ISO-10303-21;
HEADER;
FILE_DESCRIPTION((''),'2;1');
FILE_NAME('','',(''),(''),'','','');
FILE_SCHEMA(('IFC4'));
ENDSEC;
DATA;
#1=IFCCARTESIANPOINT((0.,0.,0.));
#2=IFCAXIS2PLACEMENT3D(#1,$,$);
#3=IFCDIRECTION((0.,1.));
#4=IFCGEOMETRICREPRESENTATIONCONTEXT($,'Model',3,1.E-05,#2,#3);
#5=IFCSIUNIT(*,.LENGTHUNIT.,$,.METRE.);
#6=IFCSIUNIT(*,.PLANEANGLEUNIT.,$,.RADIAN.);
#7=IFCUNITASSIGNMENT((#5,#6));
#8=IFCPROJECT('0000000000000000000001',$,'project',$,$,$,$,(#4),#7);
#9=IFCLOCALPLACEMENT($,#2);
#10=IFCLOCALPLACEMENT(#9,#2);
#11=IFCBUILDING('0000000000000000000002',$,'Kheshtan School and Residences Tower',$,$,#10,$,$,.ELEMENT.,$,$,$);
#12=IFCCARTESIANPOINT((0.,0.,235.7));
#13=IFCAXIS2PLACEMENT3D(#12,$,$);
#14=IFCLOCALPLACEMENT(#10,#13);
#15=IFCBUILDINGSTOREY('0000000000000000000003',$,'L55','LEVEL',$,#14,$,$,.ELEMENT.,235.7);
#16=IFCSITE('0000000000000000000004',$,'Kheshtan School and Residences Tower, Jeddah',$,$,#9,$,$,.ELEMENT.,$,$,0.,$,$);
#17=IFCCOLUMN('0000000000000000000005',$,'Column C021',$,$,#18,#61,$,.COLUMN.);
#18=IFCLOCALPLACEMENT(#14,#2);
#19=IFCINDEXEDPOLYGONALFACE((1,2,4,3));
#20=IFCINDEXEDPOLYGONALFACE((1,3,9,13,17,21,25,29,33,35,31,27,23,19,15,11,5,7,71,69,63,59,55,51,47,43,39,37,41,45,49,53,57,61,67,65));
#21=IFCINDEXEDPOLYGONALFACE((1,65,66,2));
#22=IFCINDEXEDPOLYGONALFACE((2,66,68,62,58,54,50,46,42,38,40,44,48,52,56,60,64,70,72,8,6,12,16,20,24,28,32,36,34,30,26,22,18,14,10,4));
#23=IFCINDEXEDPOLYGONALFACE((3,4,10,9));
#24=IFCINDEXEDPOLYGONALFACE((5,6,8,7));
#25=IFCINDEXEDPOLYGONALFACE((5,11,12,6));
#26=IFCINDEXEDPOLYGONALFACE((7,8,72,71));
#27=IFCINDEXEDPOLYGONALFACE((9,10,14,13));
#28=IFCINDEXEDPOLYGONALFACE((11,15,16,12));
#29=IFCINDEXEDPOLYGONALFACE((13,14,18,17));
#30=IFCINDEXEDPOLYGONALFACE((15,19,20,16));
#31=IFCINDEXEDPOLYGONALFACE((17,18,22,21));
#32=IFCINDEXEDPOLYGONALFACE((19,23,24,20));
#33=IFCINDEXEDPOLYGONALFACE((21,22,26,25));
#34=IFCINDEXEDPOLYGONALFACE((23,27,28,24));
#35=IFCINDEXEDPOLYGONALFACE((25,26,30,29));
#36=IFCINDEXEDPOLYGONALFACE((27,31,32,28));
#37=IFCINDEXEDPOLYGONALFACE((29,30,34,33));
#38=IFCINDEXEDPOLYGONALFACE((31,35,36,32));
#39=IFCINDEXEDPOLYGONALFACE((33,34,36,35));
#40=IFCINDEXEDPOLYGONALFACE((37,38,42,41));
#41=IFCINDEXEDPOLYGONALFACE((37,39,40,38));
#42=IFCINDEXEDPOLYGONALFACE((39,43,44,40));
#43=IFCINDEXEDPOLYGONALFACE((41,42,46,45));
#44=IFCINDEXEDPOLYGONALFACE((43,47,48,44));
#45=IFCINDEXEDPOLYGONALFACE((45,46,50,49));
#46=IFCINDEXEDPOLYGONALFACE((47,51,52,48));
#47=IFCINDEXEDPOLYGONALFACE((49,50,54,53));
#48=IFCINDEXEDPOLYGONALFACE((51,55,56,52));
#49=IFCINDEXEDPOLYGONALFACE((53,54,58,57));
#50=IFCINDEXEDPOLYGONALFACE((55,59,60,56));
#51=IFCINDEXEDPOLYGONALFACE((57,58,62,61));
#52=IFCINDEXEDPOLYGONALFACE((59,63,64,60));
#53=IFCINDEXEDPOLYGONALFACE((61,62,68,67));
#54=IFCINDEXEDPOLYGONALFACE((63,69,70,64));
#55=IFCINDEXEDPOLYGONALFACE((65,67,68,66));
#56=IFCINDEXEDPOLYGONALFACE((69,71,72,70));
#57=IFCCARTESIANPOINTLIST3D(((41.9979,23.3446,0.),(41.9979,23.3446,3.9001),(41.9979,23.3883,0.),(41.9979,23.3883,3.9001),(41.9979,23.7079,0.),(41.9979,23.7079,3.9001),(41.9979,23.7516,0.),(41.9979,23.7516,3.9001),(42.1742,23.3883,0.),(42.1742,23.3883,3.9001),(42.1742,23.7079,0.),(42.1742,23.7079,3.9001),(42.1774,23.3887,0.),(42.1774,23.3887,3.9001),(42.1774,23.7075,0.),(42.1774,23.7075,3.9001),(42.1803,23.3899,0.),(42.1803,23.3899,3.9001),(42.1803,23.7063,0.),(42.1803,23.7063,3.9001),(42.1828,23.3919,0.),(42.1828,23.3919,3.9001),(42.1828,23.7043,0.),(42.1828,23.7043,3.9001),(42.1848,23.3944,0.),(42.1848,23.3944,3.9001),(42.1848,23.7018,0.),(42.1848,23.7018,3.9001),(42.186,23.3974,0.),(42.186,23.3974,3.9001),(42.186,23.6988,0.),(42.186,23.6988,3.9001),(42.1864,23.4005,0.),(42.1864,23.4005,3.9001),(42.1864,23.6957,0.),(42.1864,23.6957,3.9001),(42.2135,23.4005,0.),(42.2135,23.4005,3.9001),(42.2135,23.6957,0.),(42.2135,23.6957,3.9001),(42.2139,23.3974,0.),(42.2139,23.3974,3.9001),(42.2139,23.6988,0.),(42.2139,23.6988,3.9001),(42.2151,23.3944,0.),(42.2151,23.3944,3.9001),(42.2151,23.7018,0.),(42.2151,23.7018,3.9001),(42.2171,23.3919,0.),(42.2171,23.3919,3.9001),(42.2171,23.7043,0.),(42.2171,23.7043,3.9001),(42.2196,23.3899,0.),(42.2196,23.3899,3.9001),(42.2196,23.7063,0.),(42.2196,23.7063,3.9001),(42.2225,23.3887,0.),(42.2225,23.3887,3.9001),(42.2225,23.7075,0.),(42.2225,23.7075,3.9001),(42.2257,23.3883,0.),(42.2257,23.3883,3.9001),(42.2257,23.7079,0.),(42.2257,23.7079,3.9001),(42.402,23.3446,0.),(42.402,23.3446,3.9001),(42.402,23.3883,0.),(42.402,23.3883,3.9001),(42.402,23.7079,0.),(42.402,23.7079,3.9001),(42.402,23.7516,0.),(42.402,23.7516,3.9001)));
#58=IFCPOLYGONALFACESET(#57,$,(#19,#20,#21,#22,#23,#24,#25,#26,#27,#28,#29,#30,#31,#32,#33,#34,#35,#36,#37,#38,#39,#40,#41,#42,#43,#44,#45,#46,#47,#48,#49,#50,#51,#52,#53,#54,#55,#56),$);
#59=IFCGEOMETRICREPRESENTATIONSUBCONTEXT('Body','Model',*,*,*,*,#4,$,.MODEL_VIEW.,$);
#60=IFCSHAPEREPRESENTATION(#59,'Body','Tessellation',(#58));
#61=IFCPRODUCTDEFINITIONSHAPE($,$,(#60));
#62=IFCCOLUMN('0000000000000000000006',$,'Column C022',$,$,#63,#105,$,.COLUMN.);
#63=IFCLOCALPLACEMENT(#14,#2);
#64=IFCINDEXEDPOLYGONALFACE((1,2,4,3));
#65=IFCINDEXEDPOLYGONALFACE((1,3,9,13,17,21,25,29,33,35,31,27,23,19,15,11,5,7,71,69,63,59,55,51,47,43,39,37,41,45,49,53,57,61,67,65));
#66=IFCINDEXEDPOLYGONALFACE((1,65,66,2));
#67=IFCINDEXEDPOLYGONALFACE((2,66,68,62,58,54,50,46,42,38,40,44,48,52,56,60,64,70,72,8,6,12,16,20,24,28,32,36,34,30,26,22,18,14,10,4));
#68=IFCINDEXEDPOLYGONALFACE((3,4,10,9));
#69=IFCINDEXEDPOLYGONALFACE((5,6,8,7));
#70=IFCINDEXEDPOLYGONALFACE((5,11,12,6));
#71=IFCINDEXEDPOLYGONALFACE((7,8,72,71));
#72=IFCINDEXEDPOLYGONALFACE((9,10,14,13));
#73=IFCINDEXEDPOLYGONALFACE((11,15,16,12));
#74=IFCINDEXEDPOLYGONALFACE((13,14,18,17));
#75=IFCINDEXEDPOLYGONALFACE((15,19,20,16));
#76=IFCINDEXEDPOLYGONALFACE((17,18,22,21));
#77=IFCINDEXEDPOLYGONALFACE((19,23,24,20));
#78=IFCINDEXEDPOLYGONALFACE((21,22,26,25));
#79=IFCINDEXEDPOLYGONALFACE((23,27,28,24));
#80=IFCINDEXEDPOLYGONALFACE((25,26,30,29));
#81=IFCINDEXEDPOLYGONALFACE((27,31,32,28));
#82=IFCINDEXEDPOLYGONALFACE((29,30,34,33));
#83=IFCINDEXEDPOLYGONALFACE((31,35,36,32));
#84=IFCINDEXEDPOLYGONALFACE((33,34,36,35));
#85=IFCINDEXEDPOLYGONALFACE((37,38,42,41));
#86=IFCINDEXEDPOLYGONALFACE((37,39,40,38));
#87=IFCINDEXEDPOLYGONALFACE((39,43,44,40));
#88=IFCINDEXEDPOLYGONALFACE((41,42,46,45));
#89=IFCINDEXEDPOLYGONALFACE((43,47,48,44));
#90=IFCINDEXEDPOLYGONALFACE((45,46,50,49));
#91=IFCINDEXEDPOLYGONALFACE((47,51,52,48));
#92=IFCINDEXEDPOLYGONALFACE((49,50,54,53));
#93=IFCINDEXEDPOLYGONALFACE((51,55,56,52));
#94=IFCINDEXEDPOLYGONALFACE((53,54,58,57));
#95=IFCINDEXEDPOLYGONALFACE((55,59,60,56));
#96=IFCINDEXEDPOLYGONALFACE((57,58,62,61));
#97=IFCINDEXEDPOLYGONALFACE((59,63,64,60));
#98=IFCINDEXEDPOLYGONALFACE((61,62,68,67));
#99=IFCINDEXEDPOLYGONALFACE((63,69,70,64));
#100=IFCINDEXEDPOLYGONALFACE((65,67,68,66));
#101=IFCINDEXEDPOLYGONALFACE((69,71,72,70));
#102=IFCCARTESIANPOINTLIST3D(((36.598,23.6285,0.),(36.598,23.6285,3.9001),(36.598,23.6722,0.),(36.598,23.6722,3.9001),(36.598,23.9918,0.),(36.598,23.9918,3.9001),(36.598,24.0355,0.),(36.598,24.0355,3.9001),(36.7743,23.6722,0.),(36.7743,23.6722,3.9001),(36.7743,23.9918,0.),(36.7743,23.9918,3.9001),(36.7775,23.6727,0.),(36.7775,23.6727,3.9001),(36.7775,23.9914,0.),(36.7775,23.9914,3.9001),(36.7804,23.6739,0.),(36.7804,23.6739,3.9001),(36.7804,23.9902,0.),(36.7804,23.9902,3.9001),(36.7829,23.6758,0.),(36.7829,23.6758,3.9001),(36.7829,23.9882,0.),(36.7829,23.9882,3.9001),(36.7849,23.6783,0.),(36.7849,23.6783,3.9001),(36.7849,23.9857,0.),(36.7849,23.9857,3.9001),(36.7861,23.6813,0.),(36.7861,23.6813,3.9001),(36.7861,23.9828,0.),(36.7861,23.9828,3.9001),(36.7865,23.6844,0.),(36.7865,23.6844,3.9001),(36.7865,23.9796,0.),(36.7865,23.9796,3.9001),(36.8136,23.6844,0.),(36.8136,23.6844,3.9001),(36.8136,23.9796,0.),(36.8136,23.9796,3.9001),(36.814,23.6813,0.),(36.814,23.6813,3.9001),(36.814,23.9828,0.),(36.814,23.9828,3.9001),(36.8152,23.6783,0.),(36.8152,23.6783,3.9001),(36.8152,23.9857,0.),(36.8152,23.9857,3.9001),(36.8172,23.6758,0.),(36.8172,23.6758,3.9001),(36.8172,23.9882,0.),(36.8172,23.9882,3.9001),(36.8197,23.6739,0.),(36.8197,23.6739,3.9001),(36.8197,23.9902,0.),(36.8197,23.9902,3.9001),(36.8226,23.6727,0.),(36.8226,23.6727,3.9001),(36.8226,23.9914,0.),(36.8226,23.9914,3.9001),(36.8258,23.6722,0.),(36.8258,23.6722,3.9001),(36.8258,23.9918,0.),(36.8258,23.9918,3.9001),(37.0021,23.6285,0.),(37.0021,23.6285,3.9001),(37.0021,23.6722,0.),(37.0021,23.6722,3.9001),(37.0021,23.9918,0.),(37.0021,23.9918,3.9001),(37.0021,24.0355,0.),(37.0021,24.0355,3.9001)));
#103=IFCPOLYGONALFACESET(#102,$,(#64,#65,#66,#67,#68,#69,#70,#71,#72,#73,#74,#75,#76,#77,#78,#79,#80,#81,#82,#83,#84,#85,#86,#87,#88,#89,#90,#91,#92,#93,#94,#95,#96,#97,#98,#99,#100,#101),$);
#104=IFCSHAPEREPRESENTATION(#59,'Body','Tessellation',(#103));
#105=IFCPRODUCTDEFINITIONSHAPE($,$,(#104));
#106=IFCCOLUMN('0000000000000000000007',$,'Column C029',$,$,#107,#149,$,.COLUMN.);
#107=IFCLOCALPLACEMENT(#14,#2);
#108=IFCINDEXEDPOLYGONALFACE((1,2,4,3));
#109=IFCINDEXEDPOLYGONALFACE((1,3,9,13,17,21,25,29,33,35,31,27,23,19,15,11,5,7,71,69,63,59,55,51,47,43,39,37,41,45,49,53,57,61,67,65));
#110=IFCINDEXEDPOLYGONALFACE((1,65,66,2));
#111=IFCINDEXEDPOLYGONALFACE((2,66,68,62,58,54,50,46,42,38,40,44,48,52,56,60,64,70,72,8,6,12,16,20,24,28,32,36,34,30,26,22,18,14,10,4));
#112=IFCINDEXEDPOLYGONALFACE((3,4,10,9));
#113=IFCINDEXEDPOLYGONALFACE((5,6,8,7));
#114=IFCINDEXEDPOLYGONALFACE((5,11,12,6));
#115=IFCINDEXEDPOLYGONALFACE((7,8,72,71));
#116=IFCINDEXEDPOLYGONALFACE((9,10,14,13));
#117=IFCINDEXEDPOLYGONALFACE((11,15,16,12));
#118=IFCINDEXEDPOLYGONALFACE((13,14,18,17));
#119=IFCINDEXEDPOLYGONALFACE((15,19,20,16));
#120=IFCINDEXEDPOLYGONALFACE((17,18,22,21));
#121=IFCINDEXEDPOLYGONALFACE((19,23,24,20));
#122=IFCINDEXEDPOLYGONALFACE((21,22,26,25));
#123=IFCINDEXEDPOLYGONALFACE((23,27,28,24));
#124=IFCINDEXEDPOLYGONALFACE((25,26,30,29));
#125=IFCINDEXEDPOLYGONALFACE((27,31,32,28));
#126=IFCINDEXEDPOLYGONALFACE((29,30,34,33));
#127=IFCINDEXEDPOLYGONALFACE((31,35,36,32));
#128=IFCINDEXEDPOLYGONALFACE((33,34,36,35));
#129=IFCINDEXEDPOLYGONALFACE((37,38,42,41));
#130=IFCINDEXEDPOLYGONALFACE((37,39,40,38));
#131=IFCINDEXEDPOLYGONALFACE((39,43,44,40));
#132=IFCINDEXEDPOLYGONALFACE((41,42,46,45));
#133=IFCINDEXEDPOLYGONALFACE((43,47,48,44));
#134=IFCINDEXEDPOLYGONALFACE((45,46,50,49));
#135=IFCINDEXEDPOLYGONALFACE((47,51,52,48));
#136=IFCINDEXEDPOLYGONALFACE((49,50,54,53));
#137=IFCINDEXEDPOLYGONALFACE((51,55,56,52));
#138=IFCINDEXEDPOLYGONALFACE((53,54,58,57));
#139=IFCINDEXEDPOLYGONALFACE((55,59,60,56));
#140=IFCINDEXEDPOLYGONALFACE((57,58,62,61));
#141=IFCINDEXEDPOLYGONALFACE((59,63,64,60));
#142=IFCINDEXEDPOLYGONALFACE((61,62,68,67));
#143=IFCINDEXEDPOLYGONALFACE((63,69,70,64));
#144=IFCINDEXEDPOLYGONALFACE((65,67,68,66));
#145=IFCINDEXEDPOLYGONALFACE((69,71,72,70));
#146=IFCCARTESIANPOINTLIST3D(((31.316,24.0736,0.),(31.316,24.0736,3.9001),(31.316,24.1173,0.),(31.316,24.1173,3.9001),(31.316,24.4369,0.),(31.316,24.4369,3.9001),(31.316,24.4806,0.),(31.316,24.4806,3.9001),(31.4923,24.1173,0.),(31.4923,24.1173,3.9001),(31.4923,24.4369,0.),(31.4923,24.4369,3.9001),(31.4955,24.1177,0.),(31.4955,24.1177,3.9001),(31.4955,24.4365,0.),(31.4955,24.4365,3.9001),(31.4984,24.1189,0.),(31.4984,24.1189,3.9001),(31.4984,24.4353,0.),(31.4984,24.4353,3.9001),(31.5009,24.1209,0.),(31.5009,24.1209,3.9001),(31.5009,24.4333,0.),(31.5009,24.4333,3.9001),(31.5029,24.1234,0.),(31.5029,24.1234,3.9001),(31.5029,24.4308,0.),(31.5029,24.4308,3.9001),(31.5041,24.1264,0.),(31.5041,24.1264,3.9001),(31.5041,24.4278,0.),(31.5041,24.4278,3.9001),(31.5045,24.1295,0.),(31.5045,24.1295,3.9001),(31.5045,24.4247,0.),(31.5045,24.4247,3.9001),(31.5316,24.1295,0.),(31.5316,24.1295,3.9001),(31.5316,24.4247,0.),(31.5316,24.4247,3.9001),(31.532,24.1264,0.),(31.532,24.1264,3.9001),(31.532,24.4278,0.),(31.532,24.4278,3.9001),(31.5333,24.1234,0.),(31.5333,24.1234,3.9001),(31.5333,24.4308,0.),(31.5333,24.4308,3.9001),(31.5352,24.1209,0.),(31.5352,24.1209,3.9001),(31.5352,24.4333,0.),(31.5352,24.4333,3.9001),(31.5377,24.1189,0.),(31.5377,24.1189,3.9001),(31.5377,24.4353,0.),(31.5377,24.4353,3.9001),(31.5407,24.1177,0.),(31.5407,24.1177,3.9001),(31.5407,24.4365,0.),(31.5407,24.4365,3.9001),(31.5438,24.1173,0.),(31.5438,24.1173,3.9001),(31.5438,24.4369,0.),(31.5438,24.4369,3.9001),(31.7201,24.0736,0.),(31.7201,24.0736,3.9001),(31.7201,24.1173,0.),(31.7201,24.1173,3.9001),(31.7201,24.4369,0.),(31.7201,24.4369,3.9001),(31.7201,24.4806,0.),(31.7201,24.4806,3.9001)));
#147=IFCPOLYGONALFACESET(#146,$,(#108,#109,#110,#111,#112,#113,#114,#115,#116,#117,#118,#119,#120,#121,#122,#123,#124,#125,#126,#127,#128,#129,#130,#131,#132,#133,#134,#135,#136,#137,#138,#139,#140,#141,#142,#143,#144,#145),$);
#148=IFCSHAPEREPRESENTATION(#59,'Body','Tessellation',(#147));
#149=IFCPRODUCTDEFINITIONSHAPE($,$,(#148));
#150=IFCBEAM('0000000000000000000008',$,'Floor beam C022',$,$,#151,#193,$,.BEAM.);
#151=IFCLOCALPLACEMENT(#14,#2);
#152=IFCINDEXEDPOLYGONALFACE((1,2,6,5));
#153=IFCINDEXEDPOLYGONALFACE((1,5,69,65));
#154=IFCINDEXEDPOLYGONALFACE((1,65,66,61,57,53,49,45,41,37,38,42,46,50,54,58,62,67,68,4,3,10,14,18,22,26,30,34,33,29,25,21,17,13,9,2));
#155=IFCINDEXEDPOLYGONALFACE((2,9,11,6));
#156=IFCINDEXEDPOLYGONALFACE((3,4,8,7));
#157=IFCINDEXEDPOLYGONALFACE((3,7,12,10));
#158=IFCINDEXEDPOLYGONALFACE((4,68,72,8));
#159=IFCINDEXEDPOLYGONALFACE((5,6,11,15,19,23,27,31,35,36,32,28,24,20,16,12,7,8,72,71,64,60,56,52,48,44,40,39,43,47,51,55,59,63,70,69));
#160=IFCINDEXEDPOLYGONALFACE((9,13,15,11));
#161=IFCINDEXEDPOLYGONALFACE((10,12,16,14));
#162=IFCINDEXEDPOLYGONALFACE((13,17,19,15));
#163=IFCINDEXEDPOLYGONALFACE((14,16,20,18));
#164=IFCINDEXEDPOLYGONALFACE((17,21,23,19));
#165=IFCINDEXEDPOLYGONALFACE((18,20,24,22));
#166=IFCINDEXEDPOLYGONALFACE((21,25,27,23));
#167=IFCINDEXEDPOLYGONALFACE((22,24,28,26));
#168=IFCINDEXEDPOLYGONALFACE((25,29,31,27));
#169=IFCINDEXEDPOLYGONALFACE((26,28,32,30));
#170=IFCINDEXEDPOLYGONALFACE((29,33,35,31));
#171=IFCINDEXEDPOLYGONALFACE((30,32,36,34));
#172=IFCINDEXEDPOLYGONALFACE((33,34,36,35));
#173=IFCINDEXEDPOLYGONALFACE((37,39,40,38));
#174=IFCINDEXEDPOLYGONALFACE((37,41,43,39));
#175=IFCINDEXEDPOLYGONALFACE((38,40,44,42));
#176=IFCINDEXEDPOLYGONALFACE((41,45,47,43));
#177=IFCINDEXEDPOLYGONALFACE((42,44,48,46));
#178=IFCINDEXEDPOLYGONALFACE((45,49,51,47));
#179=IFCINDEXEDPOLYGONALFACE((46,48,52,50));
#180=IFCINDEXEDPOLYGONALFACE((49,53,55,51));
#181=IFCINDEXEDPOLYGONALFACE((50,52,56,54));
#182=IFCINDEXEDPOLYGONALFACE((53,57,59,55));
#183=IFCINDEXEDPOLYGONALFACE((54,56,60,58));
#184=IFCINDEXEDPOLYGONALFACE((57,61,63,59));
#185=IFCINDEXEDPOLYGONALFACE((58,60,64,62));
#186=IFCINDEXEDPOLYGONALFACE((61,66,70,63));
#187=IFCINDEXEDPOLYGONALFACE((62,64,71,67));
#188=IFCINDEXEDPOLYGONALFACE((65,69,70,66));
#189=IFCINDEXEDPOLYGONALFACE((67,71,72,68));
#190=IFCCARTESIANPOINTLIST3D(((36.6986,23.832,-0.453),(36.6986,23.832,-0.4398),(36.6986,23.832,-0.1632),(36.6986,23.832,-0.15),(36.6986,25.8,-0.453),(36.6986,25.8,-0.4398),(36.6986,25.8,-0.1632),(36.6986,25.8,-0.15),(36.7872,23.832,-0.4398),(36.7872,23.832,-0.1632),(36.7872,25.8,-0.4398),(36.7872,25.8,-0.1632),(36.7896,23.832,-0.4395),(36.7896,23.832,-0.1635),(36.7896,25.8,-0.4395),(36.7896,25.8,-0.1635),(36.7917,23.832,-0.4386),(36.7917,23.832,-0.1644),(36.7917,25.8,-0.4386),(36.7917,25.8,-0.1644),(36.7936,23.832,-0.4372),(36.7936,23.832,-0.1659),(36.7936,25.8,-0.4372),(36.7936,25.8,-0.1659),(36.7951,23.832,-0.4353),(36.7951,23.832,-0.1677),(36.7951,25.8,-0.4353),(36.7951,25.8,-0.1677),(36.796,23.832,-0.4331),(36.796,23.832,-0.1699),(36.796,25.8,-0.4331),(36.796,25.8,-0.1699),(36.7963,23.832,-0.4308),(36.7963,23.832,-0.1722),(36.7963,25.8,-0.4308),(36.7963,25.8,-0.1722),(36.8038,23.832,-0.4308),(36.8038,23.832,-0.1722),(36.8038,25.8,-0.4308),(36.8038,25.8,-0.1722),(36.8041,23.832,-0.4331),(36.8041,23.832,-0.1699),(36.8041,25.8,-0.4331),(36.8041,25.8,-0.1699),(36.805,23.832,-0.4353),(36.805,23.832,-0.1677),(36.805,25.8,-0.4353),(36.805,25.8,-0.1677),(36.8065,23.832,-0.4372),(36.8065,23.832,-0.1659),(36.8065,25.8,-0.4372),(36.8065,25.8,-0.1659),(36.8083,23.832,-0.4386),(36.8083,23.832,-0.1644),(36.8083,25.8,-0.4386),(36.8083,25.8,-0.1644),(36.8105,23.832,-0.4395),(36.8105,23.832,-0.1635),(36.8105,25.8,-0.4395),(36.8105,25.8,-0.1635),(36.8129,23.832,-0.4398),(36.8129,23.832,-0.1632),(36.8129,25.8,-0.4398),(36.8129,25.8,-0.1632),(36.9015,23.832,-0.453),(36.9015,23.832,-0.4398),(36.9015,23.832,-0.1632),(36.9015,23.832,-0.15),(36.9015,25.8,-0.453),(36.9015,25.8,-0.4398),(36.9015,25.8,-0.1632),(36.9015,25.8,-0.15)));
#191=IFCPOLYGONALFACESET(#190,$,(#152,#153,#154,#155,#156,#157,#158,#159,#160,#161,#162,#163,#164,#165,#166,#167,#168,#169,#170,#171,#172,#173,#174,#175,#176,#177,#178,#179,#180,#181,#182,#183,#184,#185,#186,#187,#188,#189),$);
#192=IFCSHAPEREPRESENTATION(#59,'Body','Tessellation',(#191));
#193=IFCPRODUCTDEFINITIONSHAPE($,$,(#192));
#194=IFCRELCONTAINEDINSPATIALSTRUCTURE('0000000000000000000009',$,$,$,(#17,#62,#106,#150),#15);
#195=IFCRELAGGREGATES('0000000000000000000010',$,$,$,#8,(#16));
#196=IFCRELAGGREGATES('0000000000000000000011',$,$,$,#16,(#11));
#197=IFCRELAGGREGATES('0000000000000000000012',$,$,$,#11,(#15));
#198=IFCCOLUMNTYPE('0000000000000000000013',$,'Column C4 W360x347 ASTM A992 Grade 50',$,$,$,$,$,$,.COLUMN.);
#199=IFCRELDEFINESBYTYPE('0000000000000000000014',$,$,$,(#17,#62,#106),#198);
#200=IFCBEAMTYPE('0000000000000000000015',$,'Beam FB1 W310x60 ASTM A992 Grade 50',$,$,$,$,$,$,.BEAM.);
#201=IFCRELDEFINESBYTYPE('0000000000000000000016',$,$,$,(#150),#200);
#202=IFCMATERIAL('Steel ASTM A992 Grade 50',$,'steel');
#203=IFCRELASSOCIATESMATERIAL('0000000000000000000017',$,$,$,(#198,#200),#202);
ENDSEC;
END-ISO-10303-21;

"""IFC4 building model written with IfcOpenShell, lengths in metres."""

from ifc_helpers import new_model, si_unit, direction, frame, origin, origin_2d, place, context, subcontext, project, spatial, i_section, extrude, material, material_profile, profile_set, type_object, element, save


model = new_model("IFC4")

# Units and contexts
model_context = context("Model", 3, precision=1e-05, world=origin(), true_north=direction((0.0, 1.0)))
body_context = subcontext(model_context, "Body", "Model", "MODEL_VIEW")
ifc_project = project(units=[si_unit("LENGTHUNIT", "METRE"), si_unit("PLANEANGLEUNIT", "RADIAN")], contexts=[model_context])

# Site, building, storey
site_placement = place(None, origin())
site = spatial("IfcSite", under=ifc_project, at=site_placement, Name="Kheshtan School and Residences Tower, Jeddah", CompositionType="ELEMENT", RefElevation=0.0)
building_placement = place(site_placement, origin())
building = spatial("IfcBuilding", under=site, at=building_placement, Name="Kheshtan School and Residences Tower", CompositionType="ELEMENT")
storey_placement = place(building_placement, frame((0.0, 0.0, 235.7)))
storey = spatial("IfcBuildingStorey", under=building, at=storey_placement, Name="L55", Description="LEVEL", CompositionType="ELEMENT", Elevation=235.7)

# Columns
ifc_material_1 = material(Name="Steel ASTM A992 Grade 50", Category="steel")
ifc_material_profile_1 = material_profile(ifc_material_1, i_section(OverallWidth=0.4041, OverallDepth=0.407, WebThickness=0.0271, FlangeThickness=0.0437, FilletRadius=0.0122, at=origin_2d()), Name="W360x347")
ifc_profile_set_1 = profile_set([ifc_material_profile_1], Name="Steel ASTM A992 Grade 50")
column_type = type_object("IfcColumnType", Name="Column C4 W360x347 ASTM A992 Grade 50", PredefinedType="COLUMN", material=ifc_profile_set_1)
for number, where, z_axis, x_axis, name in (
    (1, (42.2, 23.5481, 0.0), (0.0, 0.0, 1.0), (1.0, 0.0, 0.0), "Column C021"),
    (2, (36.8, 23.832, 0.0), (0.0, 0.0, 1.0), (1.0, 0.0, 0.0), "Column C022"),
    (3, (31.5181, 24.2771, 0.0), (0.0, 0.0, 1.0), (1.0, 0.0, 0.0), "Column C029"),
):
    element("IfcColumn", number, at=place(storey_placement, frame(where, z_axis=z_axis, x_axis=x_axis)), inside=storey, type_object=column_type, Name=name, PredefinedType="COLUMN", context=body_context, shape_type="SweptSolid", body=[
        extrude(i_section(OverallWidth=0.4041, OverallDepth=0.407, WebThickness=0.0271, FlangeThickness=0.0437, FilletRadius=0.0122, at=origin_2d()), origin(), (0.0, 0.0, 1.0), 3.9001),
    ])

# Beam
ifc_material_profile_2 = material_profile(ifc_material_1, i_section(OverallWidth=0.2029, OverallDepth=0.303, WebThickness=0.0076, FlangeThickness=0.0132, FilletRadius=0.009, at=origin_2d()), Name="W310x60")
ifc_profile_set_2 = profile_set([ifc_material_profile_2], Name="Steel ASTM A992 Grade 50")
beam_type_1 = type_object("IfcBeamType", Name="Beam FB1 W310x60 ASTM A992 Grade 50", PredefinedType="BEAM", material=ifc_profile_set_2)
beam_1_placement = place(storey_placement, frame((36.8, 23.832, -0.3015), z_axis=(0.0, 1.0, 0.0), x_axis=(-1.0, 0.0, 0.0)))
element("IfcBeam", 4, at=beam_1_placement, inside=storey, type_object=beam_type_1, Name="Floor beam C022", PredefinedType="BEAM", context=body_context, shape_type="SweptSolid", body=[
    extrude(i_section(OverallWidth=0.2029, OverallDepth=0.303, WebThickness=0.0076, FlangeThickness=0.0132, FilletRadius=0.009, at=origin_2d()), origin(), (0.0, 0.0, 1.0), 1.968),
])

save(model, "model.ifc")
